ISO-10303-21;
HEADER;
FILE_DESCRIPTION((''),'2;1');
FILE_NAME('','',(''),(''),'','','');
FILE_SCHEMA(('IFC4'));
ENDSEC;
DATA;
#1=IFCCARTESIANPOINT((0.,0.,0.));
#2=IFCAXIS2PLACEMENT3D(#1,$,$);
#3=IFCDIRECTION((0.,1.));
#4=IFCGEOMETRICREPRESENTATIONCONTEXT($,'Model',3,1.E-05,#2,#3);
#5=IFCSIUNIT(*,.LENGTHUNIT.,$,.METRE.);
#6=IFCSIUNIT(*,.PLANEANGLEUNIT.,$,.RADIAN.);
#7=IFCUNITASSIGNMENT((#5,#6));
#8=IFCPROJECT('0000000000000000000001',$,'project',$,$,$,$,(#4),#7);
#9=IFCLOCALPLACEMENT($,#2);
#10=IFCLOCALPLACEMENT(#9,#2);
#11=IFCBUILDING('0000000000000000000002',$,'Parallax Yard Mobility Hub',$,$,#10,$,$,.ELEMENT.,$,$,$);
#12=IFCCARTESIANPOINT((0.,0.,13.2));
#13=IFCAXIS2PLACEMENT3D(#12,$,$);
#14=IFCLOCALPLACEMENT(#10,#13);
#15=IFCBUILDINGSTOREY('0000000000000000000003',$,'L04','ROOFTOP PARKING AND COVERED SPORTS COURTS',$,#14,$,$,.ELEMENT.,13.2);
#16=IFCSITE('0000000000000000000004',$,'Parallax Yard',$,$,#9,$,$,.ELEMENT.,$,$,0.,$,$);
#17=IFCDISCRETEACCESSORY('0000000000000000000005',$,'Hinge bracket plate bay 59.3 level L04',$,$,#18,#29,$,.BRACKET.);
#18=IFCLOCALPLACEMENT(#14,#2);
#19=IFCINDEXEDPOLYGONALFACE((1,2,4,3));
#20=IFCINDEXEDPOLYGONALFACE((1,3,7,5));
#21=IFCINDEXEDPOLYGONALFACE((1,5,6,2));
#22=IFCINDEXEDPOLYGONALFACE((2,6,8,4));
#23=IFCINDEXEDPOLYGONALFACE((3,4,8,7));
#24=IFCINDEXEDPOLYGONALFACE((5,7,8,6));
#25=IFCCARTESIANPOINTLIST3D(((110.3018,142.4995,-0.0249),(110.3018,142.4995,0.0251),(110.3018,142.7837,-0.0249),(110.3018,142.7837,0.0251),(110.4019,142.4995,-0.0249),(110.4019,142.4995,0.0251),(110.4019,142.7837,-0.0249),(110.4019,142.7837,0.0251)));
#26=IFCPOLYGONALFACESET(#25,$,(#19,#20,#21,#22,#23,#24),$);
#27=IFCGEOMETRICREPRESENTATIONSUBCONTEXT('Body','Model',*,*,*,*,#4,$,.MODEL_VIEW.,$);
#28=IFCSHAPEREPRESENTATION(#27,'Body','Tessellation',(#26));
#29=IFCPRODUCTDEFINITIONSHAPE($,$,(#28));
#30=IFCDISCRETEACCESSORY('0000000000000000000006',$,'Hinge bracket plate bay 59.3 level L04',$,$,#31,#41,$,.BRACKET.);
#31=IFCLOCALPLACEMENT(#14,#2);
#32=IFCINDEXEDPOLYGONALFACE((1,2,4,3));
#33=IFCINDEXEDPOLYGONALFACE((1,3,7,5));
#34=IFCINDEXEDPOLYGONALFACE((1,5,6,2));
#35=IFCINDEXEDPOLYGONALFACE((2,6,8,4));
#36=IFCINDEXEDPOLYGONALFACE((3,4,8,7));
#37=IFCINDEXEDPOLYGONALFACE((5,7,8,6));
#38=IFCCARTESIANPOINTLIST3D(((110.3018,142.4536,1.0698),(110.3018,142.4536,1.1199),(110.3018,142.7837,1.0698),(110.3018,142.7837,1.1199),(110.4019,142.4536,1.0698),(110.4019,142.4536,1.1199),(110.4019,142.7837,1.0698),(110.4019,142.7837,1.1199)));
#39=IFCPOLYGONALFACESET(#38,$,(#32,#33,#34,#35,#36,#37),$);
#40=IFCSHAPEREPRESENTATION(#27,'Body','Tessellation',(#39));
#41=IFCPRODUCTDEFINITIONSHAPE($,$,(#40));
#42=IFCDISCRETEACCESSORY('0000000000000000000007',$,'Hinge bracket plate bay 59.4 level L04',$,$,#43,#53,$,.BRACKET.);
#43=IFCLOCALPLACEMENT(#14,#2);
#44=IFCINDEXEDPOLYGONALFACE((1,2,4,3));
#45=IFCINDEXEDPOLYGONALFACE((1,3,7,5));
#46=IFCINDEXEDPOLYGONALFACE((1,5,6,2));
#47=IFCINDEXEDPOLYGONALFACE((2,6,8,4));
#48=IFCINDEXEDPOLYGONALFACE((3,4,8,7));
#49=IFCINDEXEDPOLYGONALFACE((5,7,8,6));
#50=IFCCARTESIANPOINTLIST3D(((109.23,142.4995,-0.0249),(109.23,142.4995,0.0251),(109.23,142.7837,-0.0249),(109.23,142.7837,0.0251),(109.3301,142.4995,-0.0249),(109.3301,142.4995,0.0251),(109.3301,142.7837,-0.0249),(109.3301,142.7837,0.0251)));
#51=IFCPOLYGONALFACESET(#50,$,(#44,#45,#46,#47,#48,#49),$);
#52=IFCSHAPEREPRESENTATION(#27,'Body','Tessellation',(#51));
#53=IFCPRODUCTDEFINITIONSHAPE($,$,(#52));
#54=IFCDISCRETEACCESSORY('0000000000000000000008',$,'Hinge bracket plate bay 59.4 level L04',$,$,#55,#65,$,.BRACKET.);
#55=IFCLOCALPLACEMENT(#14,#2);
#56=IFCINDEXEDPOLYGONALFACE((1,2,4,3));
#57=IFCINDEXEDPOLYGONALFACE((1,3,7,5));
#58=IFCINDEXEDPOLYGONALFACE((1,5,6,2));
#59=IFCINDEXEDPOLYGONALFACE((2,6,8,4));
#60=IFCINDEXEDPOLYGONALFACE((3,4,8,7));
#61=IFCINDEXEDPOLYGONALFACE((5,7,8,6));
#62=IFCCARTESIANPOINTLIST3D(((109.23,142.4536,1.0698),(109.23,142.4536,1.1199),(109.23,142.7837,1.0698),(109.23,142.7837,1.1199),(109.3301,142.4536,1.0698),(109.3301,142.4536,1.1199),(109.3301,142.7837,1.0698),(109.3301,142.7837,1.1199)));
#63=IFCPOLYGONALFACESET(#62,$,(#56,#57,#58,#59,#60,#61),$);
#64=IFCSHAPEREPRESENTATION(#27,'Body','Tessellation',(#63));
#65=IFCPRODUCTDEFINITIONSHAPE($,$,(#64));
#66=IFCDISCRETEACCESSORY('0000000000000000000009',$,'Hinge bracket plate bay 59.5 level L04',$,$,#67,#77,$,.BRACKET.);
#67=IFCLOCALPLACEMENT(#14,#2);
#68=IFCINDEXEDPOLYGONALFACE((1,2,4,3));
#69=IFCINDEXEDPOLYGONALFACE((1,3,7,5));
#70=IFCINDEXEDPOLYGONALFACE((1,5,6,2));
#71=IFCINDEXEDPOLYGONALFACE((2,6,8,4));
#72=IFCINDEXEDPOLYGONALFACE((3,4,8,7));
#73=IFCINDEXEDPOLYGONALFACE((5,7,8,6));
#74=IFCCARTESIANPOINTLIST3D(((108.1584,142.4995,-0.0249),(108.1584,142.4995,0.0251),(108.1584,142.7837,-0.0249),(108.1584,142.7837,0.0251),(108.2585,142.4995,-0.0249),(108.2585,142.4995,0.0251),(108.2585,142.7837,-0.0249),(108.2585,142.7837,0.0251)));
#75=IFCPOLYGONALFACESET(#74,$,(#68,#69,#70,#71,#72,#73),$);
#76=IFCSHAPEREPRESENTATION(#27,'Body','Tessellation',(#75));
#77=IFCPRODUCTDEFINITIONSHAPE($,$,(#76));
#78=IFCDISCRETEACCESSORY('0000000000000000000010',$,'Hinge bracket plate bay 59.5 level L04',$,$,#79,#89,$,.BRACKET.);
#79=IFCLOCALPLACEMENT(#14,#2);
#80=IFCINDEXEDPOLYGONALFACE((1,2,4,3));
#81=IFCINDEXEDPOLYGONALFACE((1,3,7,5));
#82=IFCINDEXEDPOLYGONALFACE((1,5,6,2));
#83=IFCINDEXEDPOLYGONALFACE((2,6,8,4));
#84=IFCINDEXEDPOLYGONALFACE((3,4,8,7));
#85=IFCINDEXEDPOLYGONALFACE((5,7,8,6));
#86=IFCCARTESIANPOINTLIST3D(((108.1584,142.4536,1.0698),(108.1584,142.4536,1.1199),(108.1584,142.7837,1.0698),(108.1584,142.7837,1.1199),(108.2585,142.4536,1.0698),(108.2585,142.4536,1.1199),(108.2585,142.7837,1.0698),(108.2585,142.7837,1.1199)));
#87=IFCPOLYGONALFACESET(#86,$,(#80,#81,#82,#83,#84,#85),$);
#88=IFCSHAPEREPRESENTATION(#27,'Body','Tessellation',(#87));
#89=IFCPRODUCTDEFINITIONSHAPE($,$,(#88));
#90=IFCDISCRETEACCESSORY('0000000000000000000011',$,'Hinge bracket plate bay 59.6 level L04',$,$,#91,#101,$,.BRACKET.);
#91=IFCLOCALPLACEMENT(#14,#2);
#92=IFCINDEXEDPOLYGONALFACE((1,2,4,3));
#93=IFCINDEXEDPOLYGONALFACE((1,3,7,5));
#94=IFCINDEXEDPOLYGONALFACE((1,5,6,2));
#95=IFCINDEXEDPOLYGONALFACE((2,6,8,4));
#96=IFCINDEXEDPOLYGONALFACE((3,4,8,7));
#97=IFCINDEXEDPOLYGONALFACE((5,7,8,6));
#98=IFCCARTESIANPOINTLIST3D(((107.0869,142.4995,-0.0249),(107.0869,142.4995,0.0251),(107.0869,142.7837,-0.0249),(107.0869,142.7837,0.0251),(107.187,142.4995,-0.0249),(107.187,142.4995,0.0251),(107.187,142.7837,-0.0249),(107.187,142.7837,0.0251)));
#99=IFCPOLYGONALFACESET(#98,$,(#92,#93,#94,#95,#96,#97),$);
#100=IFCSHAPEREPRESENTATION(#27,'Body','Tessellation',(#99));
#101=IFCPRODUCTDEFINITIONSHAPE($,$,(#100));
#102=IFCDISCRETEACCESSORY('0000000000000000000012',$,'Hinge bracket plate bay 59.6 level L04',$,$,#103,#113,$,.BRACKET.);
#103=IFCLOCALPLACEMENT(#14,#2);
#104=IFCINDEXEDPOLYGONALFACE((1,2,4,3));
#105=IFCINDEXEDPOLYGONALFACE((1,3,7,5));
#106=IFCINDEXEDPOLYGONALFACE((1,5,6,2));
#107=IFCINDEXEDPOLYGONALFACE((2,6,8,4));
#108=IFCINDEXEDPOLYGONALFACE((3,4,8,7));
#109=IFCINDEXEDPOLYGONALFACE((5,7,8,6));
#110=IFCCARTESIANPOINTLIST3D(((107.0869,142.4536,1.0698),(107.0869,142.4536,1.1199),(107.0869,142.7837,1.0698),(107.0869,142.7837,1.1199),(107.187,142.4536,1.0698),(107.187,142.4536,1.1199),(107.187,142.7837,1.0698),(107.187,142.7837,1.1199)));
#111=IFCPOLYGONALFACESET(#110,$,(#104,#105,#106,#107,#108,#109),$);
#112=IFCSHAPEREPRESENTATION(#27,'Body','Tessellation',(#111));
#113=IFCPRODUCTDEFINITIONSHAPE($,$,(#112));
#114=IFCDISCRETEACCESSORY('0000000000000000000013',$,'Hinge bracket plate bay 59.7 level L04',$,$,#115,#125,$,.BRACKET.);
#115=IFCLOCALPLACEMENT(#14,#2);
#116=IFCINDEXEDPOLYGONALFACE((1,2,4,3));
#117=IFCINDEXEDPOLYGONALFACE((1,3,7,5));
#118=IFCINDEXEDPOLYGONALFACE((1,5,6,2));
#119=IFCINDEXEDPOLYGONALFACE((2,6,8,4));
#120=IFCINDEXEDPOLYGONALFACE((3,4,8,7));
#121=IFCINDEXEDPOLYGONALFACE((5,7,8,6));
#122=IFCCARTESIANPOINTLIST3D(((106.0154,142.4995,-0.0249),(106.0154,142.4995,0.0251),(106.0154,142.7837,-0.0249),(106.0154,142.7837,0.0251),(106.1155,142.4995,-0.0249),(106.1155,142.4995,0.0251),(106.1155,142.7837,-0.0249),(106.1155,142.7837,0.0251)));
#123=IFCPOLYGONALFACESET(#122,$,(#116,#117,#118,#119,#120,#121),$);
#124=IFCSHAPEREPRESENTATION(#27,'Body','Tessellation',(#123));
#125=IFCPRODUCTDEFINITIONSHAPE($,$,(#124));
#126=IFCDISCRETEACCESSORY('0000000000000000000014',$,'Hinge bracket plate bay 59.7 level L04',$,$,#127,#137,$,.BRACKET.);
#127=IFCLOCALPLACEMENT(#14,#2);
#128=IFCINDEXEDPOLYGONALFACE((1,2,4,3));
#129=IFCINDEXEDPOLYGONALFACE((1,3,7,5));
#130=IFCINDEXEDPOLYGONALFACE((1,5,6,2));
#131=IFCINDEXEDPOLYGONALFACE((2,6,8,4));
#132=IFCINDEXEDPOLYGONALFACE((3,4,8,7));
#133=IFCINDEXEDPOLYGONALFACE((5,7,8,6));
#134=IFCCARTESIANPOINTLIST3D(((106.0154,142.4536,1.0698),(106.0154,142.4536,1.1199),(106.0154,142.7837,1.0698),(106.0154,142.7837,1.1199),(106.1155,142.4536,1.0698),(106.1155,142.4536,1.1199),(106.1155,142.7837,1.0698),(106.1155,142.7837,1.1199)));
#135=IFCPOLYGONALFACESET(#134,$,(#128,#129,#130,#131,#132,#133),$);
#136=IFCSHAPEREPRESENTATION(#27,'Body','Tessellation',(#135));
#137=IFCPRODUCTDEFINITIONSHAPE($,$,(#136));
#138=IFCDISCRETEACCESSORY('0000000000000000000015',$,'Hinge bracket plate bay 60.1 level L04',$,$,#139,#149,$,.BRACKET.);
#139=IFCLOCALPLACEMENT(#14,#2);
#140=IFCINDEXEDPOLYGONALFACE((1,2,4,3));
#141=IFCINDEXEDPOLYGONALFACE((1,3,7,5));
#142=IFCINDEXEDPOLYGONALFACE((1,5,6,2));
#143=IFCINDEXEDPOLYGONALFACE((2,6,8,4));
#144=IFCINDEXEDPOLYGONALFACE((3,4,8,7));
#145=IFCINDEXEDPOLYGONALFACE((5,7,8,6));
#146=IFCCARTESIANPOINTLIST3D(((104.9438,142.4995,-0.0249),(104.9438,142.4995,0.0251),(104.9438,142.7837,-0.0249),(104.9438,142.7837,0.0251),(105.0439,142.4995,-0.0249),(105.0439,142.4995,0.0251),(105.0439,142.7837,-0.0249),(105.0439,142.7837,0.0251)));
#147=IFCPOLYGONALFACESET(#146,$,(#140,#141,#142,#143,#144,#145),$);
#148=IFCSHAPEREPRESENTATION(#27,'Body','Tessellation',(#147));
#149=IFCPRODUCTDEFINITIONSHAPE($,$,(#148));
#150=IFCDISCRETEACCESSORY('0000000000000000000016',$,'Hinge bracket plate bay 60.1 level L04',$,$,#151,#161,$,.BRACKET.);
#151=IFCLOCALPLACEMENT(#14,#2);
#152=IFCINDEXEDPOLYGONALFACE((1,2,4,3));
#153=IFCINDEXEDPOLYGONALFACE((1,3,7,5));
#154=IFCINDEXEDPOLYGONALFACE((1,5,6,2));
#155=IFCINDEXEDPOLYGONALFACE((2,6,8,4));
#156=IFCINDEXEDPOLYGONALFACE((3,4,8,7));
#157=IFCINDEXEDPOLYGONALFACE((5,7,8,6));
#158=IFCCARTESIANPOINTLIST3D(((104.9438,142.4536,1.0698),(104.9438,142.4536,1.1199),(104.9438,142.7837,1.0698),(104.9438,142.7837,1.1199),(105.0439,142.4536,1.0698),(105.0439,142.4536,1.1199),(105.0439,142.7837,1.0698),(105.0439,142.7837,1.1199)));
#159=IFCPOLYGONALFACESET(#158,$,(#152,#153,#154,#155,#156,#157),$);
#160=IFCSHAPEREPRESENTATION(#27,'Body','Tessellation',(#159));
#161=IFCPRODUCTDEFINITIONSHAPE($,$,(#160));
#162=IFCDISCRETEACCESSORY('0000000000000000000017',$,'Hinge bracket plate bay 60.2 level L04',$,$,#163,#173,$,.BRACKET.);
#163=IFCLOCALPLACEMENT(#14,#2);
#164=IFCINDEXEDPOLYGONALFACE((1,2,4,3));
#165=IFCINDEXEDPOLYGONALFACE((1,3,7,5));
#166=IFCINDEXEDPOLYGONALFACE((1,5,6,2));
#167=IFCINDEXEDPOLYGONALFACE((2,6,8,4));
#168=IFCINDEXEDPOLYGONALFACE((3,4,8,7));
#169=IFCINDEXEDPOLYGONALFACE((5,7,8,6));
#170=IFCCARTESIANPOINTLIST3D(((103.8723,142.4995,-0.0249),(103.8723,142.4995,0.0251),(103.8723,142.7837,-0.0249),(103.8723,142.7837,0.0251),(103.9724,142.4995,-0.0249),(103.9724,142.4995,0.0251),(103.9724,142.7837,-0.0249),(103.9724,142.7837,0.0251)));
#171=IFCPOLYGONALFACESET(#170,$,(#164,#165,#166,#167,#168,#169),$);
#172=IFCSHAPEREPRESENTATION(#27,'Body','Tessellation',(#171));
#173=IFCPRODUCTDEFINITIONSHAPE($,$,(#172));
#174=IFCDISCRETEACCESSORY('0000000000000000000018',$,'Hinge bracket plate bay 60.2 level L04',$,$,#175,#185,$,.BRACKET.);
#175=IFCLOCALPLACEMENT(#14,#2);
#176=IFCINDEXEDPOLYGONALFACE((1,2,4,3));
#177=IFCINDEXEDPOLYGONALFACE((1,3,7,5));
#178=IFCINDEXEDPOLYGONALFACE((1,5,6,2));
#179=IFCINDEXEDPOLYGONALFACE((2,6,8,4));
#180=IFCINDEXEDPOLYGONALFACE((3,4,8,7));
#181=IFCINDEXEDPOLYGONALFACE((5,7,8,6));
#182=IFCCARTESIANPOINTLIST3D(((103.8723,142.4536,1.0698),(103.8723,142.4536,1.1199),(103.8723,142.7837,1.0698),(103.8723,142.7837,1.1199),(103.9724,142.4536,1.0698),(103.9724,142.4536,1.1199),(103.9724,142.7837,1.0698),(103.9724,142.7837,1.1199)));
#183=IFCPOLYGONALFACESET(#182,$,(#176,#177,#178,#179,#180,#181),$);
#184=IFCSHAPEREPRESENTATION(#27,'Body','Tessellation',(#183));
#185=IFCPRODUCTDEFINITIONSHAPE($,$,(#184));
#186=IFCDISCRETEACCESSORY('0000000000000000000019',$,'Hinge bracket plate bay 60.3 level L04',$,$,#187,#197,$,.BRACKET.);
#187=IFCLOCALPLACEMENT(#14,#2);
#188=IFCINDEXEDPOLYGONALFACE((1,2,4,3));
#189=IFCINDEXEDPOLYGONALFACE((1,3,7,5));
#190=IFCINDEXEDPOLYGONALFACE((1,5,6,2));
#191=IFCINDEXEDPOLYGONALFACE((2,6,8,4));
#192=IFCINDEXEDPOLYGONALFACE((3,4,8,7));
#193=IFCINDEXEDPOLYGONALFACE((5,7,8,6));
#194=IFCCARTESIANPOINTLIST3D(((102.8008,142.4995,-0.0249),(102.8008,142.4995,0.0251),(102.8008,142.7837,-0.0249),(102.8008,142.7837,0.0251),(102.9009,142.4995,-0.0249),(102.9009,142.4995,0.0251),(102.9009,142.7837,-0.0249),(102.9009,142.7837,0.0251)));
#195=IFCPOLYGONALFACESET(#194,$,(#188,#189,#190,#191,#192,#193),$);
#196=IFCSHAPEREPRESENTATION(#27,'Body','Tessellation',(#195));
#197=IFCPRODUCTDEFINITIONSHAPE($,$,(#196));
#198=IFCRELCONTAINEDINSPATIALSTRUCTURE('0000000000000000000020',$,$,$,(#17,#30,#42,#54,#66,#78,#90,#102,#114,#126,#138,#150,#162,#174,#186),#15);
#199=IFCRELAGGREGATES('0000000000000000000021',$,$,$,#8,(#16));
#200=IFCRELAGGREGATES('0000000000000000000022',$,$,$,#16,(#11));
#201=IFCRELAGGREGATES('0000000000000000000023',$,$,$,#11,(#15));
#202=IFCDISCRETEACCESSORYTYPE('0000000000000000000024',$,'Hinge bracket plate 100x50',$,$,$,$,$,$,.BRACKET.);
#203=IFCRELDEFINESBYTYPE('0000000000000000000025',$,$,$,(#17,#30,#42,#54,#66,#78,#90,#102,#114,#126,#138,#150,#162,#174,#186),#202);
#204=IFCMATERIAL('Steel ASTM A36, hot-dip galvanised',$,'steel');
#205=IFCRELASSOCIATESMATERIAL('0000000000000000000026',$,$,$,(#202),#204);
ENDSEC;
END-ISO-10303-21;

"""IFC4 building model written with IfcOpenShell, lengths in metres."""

from ifc_helpers import new_model, si_unit, direction, frame, origin, origin_2d, place, context, subcontext, project, spatial, rectangle, extrude, material, type_object, element, save


model = new_model("IFC4")

# Units and contexts
model_context = context("Model", 3, precision=1e-05, world=origin(), true_north=direction((0.0, 1.0)))
body_context = subcontext(model_context, "Body", "Model", "MODEL_VIEW")
ifc_project = project(units=[si_unit("LENGTHUNIT", "METRE"), si_unit("PLANEANGLEUNIT", "RADIAN")], contexts=[model_context])

# Site, building, storey
site_placement = place(None, origin())
site = spatial("IfcSite", under=ifc_project, at=site_placement, Name="Parallax Yard", CompositionType="ELEMENT", RefElevation=0.0)
building_placement = place(site_placement, origin())
building = spatial("IfcBuilding", under=site, at=building_placement, Name="Parallax Yard Mobility Hub", CompositionType="ELEMENT")
storey_placement = place(building_placement, frame((0.0, 0.0, 13.2)))
storey = spatial("IfcBuildingStorey", under=building, at=storey_placement, Name="L04", Description="ROOFTOP PARKING AND COVERED SPORTS COURTS", CompositionType="ELEMENT", Elevation=13.2)

# Discrete accessories
ifc_material_1 = material(Name="Steel ASTM A36, hot-dip galvanised", Category="steel")
discrete_accessory_type_1 = type_object("IfcDiscreteAccessoryType", Name="Hinge bracket plate 100x50", PredefinedType="BRACKET", material=ifc_material_1)
discrete_accessory_1_placement = place(storey_placement, frame((110.3518, 142.6416, -0.0249), z_axis=(0.0, 0.0, 1.0), x_axis=(0.0, 1.0, 0.0)))
element("IfcDiscreteAccessory", 1, at=discrete_accessory_1_placement, inside=storey, type_object=discrete_accessory_type_1, Name="Hinge bracket plate bay 59.3 level L04", PredefinedType="BRACKET", context=body_context, shape_type="SweptSolid", body=[
    extrude(rectangle(XDim=0.2842, YDim=0.1001, at=origin_2d()), origin(), (0.0, 0.0, 1.0), 0.05),
])
discrete_accessory_2_placement = place(storey_placement, frame((110.3518, 142.6187, 1.0698), z_axis=(0.0, 0.0, 1.0), x_axis=(0.0, 1.0, 0.0)))
element("IfcDiscreteAccessory", 2, at=discrete_accessory_2_placement, inside=storey, type_object=discrete_accessory_type_1, Name="Hinge bracket plate bay 59.3 level L04", PredefinedType="BRACKET", context=body_context, shape_type="SweptSolid", body=[
    extrude(rectangle(XDim=0.3301, YDim=0.1001, at=origin_2d()), origin(), (0.0, 0.0, 1.0), 0.05),
])
discrete_accessory_3_placement = place(storey_placement, frame((109.28, 142.6416, -0.0249), z_axis=(0.0, 0.0, 1.0), x_axis=(0.0, 1.0, 0.0)))
element("IfcDiscreteAccessory", 3, at=discrete_accessory_3_placement, inside=storey, type_object=discrete_accessory_type_1, Name="Hinge bracket plate bay 59.4 level L04", PredefinedType="BRACKET", context=body_context, shape_type="SweptSolid", body=[
    extrude(rectangle(XDim=0.2842, YDim=0.1001, at=origin_2d()), origin(), (0.0, 0.0, 1.0), 0.05),
])
discrete_accessory_4_placement = place(storey_placement, frame((109.28, 142.6187, 1.0698), z_axis=(0.0, 0.0, 1.0), x_axis=(0.0, 1.0, 0.0)))
element("IfcDiscreteAccessory", 4, at=discrete_accessory_4_placement, inside=storey, type_object=discrete_accessory_type_1, Name="Hinge bracket plate bay 59.4 level L04", PredefinedType="BRACKET", context=body_context, shape_type="SweptSolid", body=[
    extrude(rectangle(XDim=0.3301, YDim=0.1001, at=origin_2d()), origin(), (0.0, 0.0, 1.0), 0.05),
])
discrete_accessory_5_placement = place(storey_placement, frame((108.2085, 142.6416, -0.0249), z_axis=(0.0, 0.0, 1.0), x_axis=(0.0, 1.0, 0.0)))
element("IfcDiscreteAccessory", 5, at=discrete_accessory_5_placement, inside=storey, type_object=discrete_accessory_type_1, Name="Hinge bracket plate bay 59.5 level L04", PredefinedType="BRACKET", context=body_context, shape_type="SweptSolid", body=[
    extrude(rectangle(XDim=0.2842, YDim=0.1001, at=origin_2d()), origin(), (0.0, 0.0, 1.0), 0.05),
])
discrete_accessory_6_placement = place(storey_placement, frame((108.2085, 142.6187, 1.0698), z_axis=(0.0, 0.0, 1.0), x_axis=(0.0, 1.0, 0.0)))
element("IfcDiscreteAccessory", 6, at=discrete_accessory_6_placement, inside=storey, type_object=discrete_accessory_type_1, Name="Hinge bracket plate bay 59.5 level L04", PredefinedType="BRACKET", context=body_context, shape_type="SweptSolid", body=[
    extrude(rectangle(XDim=0.3301, YDim=0.1001, at=origin_2d()), origin(), (0.0, 0.0, 1.0), 0.05),
])
discrete_accessory_7_placement = place(storey_placement, frame((107.137, 142.6416, -0.0249), z_axis=(0.0, 0.0, 1.0), x_axis=(0.0, 1.0, 0.0)))
element("IfcDiscreteAccessory", 7, at=discrete_accessory_7_placement, inside=storey, type_object=discrete_accessory_type_1, Name="Hinge bracket plate bay 59.6 level L04", PredefinedType="BRACKET", context=body_context, shape_type="SweptSolid", body=[
    extrude(rectangle(XDim=0.2842, YDim=0.1001, at=origin_2d()), origin(), (0.0, 0.0, 1.0), 0.05),
])
discrete_accessory_8_placement = place(storey_placement, frame((107.137, 142.6187, 1.0698), z_axis=(0.0, 0.0, 1.0), x_axis=(0.0, 1.0, 0.0)))
element("IfcDiscreteAccessory", 8, at=discrete_accessory_8_placement, inside=storey, type_object=discrete_accessory_type_1, Name="Hinge bracket plate bay 59.6 level L04", PredefinedType="BRACKET", context=body_context, shape_type="SweptSolid", body=[
    extrude(rectangle(XDim=0.3301, YDim=0.1001, at=origin_2d()), origin(), (0.0, 0.0, 1.0), 0.05),
])
discrete_accessory_9_placement = place(storey_placement, frame((106.0654, 142.6416, -0.0249), z_axis=(0.0, 0.0, 1.0), x_axis=(0.0, 1.0, 0.0)))
element("IfcDiscreteAccessory", 9, at=discrete_accessory_9_placement, inside=storey, type_object=discrete_accessory_type_1, Name="Hinge bracket plate bay 59.7 level L04", PredefinedType="BRACKET", context=body_context, shape_type="SweptSolid", body=[
    extrude(rectangle(XDim=0.2842, YDim=0.1001, at=origin_2d()), origin(), (0.0, 0.0, 1.0), 0.05),
])
discrete_accessory_10_placement = place(storey_placement, frame((106.0654, 142.6187, 1.0698), z_axis=(0.0, 0.0, 1.0), x_axis=(0.0, 1.0, 0.0)))
element("IfcDiscreteAccessory", 10, at=discrete_accessory_10_placement, inside=storey, type_object=discrete_accessory_type_1, Name="Hinge bracket plate bay 59.7 level L04", PredefinedType="BRACKET", context=body_context, shape_type="SweptSolid", body=[
    extrude(rectangle(XDim=0.3301, YDim=0.1001, at=origin_2d()), origin(), (0.0, 0.0, 1.0), 0.05),
])
discrete_accessory_11_placement = place(storey_placement, frame((104.9939, 142.6416, -0.0249), z_axis=(0.0, 0.0, 1.0), x_axis=(0.0, 1.0, 0.0)))
element("IfcDiscreteAccessory", 11, at=discrete_accessory_11_placement, inside=storey, type_object=discrete_accessory_type_1, Name="Hinge bracket plate bay 60.1 level L04", PredefinedType="BRACKET", context=body_context, shape_type="SweptSolid", body=[
    extrude(rectangle(XDim=0.2842, YDim=0.1001, at=origin_2d()), origin(), (0.0, 0.0, 1.0), 0.05),
])
discrete_accessory_12_placement = place(storey_placement, frame((104.9939, 142.6187, 1.0698), z_axis=(0.0, 0.0, 1.0), x_axis=(0.0, 1.0, 0.0)))
element("IfcDiscreteAccessory", 12, at=discrete_accessory_12_placement, inside=storey, type_object=discrete_accessory_type_1, Name="Hinge bracket plate bay 60.1 level L04", PredefinedType="BRACKET", context=body_context, shape_type="SweptSolid", body=[
    extrude(rectangle(XDim=0.3301, YDim=0.1001, at=origin_2d()), origin(), (0.0, 0.0, 1.0), 0.05),
])
discrete_accessory_13_placement = place(storey_placement, frame((103.9224, 142.6416, -0.0249), z_axis=(0.0, 0.0, 1.0), x_axis=(0.0, 1.0, 0.0)))
element("IfcDiscreteAccessory", 13, at=discrete_accessory_13_placement, inside=storey, type_object=discrete_accessory_type_1, Name="Hinge bracket plate bay 60.2 level L04", PredefinedType="BRACKET", context=body_context, shape_type="SweptSolid", body=[
    extrude(rectangle(XDim=0.2842, YDim=0.1001, at=origin_2d()), origin(), (0.0, 0.0, 1.0), 0.05),
])
discrete_accessory_14_placement = place(storey_placement, frame((103.9224, 142.6187, 1.0698), z_axis=(0.0, 0.0, 1.0), x_axis=(0.0, 1.0, 0.0)))
element("IfcDiscreteAccessory", 14, at=discrete_accessory_14_placement, inside=storey, type_object=discrete_accessory_type_1, Name="Hinge bracket plate bay 60.2 level L04", PredefinedType="BRACKET", context=body_context, shape_type="SweptSolid", body=[
    extrude(rectangle(XDim=0.3301, YDim=0.1001, at=origin_2d()), origin(), (0.0, 0.0, 1.0), 0.05),
])
discrete_accessory_15_placement = place(storey_placement, frame((102.8508, 142.6416, -0.0249), z_axis=(0.0, 0.0, 1.0), x_axis=(0.0, 1.0, 0.0)))
element("IfcDiscreteAccessory", 15, at=discrete_accessory_15_placement, inside=storey, type_object=discrete_accessory_type_1, Name="Hinge bracket plate bay 60.3 level L04", PredefinedType="BRACKET", context=body_context, shape_type="SweptSolid", body=[
    extrude(rectangle(XDim=0.2842, YDim=0.1001, at=origin_2d()), origin(), (0.0, 0.0, 1.0), 0.05),
])

save(model, "model.ifc")
